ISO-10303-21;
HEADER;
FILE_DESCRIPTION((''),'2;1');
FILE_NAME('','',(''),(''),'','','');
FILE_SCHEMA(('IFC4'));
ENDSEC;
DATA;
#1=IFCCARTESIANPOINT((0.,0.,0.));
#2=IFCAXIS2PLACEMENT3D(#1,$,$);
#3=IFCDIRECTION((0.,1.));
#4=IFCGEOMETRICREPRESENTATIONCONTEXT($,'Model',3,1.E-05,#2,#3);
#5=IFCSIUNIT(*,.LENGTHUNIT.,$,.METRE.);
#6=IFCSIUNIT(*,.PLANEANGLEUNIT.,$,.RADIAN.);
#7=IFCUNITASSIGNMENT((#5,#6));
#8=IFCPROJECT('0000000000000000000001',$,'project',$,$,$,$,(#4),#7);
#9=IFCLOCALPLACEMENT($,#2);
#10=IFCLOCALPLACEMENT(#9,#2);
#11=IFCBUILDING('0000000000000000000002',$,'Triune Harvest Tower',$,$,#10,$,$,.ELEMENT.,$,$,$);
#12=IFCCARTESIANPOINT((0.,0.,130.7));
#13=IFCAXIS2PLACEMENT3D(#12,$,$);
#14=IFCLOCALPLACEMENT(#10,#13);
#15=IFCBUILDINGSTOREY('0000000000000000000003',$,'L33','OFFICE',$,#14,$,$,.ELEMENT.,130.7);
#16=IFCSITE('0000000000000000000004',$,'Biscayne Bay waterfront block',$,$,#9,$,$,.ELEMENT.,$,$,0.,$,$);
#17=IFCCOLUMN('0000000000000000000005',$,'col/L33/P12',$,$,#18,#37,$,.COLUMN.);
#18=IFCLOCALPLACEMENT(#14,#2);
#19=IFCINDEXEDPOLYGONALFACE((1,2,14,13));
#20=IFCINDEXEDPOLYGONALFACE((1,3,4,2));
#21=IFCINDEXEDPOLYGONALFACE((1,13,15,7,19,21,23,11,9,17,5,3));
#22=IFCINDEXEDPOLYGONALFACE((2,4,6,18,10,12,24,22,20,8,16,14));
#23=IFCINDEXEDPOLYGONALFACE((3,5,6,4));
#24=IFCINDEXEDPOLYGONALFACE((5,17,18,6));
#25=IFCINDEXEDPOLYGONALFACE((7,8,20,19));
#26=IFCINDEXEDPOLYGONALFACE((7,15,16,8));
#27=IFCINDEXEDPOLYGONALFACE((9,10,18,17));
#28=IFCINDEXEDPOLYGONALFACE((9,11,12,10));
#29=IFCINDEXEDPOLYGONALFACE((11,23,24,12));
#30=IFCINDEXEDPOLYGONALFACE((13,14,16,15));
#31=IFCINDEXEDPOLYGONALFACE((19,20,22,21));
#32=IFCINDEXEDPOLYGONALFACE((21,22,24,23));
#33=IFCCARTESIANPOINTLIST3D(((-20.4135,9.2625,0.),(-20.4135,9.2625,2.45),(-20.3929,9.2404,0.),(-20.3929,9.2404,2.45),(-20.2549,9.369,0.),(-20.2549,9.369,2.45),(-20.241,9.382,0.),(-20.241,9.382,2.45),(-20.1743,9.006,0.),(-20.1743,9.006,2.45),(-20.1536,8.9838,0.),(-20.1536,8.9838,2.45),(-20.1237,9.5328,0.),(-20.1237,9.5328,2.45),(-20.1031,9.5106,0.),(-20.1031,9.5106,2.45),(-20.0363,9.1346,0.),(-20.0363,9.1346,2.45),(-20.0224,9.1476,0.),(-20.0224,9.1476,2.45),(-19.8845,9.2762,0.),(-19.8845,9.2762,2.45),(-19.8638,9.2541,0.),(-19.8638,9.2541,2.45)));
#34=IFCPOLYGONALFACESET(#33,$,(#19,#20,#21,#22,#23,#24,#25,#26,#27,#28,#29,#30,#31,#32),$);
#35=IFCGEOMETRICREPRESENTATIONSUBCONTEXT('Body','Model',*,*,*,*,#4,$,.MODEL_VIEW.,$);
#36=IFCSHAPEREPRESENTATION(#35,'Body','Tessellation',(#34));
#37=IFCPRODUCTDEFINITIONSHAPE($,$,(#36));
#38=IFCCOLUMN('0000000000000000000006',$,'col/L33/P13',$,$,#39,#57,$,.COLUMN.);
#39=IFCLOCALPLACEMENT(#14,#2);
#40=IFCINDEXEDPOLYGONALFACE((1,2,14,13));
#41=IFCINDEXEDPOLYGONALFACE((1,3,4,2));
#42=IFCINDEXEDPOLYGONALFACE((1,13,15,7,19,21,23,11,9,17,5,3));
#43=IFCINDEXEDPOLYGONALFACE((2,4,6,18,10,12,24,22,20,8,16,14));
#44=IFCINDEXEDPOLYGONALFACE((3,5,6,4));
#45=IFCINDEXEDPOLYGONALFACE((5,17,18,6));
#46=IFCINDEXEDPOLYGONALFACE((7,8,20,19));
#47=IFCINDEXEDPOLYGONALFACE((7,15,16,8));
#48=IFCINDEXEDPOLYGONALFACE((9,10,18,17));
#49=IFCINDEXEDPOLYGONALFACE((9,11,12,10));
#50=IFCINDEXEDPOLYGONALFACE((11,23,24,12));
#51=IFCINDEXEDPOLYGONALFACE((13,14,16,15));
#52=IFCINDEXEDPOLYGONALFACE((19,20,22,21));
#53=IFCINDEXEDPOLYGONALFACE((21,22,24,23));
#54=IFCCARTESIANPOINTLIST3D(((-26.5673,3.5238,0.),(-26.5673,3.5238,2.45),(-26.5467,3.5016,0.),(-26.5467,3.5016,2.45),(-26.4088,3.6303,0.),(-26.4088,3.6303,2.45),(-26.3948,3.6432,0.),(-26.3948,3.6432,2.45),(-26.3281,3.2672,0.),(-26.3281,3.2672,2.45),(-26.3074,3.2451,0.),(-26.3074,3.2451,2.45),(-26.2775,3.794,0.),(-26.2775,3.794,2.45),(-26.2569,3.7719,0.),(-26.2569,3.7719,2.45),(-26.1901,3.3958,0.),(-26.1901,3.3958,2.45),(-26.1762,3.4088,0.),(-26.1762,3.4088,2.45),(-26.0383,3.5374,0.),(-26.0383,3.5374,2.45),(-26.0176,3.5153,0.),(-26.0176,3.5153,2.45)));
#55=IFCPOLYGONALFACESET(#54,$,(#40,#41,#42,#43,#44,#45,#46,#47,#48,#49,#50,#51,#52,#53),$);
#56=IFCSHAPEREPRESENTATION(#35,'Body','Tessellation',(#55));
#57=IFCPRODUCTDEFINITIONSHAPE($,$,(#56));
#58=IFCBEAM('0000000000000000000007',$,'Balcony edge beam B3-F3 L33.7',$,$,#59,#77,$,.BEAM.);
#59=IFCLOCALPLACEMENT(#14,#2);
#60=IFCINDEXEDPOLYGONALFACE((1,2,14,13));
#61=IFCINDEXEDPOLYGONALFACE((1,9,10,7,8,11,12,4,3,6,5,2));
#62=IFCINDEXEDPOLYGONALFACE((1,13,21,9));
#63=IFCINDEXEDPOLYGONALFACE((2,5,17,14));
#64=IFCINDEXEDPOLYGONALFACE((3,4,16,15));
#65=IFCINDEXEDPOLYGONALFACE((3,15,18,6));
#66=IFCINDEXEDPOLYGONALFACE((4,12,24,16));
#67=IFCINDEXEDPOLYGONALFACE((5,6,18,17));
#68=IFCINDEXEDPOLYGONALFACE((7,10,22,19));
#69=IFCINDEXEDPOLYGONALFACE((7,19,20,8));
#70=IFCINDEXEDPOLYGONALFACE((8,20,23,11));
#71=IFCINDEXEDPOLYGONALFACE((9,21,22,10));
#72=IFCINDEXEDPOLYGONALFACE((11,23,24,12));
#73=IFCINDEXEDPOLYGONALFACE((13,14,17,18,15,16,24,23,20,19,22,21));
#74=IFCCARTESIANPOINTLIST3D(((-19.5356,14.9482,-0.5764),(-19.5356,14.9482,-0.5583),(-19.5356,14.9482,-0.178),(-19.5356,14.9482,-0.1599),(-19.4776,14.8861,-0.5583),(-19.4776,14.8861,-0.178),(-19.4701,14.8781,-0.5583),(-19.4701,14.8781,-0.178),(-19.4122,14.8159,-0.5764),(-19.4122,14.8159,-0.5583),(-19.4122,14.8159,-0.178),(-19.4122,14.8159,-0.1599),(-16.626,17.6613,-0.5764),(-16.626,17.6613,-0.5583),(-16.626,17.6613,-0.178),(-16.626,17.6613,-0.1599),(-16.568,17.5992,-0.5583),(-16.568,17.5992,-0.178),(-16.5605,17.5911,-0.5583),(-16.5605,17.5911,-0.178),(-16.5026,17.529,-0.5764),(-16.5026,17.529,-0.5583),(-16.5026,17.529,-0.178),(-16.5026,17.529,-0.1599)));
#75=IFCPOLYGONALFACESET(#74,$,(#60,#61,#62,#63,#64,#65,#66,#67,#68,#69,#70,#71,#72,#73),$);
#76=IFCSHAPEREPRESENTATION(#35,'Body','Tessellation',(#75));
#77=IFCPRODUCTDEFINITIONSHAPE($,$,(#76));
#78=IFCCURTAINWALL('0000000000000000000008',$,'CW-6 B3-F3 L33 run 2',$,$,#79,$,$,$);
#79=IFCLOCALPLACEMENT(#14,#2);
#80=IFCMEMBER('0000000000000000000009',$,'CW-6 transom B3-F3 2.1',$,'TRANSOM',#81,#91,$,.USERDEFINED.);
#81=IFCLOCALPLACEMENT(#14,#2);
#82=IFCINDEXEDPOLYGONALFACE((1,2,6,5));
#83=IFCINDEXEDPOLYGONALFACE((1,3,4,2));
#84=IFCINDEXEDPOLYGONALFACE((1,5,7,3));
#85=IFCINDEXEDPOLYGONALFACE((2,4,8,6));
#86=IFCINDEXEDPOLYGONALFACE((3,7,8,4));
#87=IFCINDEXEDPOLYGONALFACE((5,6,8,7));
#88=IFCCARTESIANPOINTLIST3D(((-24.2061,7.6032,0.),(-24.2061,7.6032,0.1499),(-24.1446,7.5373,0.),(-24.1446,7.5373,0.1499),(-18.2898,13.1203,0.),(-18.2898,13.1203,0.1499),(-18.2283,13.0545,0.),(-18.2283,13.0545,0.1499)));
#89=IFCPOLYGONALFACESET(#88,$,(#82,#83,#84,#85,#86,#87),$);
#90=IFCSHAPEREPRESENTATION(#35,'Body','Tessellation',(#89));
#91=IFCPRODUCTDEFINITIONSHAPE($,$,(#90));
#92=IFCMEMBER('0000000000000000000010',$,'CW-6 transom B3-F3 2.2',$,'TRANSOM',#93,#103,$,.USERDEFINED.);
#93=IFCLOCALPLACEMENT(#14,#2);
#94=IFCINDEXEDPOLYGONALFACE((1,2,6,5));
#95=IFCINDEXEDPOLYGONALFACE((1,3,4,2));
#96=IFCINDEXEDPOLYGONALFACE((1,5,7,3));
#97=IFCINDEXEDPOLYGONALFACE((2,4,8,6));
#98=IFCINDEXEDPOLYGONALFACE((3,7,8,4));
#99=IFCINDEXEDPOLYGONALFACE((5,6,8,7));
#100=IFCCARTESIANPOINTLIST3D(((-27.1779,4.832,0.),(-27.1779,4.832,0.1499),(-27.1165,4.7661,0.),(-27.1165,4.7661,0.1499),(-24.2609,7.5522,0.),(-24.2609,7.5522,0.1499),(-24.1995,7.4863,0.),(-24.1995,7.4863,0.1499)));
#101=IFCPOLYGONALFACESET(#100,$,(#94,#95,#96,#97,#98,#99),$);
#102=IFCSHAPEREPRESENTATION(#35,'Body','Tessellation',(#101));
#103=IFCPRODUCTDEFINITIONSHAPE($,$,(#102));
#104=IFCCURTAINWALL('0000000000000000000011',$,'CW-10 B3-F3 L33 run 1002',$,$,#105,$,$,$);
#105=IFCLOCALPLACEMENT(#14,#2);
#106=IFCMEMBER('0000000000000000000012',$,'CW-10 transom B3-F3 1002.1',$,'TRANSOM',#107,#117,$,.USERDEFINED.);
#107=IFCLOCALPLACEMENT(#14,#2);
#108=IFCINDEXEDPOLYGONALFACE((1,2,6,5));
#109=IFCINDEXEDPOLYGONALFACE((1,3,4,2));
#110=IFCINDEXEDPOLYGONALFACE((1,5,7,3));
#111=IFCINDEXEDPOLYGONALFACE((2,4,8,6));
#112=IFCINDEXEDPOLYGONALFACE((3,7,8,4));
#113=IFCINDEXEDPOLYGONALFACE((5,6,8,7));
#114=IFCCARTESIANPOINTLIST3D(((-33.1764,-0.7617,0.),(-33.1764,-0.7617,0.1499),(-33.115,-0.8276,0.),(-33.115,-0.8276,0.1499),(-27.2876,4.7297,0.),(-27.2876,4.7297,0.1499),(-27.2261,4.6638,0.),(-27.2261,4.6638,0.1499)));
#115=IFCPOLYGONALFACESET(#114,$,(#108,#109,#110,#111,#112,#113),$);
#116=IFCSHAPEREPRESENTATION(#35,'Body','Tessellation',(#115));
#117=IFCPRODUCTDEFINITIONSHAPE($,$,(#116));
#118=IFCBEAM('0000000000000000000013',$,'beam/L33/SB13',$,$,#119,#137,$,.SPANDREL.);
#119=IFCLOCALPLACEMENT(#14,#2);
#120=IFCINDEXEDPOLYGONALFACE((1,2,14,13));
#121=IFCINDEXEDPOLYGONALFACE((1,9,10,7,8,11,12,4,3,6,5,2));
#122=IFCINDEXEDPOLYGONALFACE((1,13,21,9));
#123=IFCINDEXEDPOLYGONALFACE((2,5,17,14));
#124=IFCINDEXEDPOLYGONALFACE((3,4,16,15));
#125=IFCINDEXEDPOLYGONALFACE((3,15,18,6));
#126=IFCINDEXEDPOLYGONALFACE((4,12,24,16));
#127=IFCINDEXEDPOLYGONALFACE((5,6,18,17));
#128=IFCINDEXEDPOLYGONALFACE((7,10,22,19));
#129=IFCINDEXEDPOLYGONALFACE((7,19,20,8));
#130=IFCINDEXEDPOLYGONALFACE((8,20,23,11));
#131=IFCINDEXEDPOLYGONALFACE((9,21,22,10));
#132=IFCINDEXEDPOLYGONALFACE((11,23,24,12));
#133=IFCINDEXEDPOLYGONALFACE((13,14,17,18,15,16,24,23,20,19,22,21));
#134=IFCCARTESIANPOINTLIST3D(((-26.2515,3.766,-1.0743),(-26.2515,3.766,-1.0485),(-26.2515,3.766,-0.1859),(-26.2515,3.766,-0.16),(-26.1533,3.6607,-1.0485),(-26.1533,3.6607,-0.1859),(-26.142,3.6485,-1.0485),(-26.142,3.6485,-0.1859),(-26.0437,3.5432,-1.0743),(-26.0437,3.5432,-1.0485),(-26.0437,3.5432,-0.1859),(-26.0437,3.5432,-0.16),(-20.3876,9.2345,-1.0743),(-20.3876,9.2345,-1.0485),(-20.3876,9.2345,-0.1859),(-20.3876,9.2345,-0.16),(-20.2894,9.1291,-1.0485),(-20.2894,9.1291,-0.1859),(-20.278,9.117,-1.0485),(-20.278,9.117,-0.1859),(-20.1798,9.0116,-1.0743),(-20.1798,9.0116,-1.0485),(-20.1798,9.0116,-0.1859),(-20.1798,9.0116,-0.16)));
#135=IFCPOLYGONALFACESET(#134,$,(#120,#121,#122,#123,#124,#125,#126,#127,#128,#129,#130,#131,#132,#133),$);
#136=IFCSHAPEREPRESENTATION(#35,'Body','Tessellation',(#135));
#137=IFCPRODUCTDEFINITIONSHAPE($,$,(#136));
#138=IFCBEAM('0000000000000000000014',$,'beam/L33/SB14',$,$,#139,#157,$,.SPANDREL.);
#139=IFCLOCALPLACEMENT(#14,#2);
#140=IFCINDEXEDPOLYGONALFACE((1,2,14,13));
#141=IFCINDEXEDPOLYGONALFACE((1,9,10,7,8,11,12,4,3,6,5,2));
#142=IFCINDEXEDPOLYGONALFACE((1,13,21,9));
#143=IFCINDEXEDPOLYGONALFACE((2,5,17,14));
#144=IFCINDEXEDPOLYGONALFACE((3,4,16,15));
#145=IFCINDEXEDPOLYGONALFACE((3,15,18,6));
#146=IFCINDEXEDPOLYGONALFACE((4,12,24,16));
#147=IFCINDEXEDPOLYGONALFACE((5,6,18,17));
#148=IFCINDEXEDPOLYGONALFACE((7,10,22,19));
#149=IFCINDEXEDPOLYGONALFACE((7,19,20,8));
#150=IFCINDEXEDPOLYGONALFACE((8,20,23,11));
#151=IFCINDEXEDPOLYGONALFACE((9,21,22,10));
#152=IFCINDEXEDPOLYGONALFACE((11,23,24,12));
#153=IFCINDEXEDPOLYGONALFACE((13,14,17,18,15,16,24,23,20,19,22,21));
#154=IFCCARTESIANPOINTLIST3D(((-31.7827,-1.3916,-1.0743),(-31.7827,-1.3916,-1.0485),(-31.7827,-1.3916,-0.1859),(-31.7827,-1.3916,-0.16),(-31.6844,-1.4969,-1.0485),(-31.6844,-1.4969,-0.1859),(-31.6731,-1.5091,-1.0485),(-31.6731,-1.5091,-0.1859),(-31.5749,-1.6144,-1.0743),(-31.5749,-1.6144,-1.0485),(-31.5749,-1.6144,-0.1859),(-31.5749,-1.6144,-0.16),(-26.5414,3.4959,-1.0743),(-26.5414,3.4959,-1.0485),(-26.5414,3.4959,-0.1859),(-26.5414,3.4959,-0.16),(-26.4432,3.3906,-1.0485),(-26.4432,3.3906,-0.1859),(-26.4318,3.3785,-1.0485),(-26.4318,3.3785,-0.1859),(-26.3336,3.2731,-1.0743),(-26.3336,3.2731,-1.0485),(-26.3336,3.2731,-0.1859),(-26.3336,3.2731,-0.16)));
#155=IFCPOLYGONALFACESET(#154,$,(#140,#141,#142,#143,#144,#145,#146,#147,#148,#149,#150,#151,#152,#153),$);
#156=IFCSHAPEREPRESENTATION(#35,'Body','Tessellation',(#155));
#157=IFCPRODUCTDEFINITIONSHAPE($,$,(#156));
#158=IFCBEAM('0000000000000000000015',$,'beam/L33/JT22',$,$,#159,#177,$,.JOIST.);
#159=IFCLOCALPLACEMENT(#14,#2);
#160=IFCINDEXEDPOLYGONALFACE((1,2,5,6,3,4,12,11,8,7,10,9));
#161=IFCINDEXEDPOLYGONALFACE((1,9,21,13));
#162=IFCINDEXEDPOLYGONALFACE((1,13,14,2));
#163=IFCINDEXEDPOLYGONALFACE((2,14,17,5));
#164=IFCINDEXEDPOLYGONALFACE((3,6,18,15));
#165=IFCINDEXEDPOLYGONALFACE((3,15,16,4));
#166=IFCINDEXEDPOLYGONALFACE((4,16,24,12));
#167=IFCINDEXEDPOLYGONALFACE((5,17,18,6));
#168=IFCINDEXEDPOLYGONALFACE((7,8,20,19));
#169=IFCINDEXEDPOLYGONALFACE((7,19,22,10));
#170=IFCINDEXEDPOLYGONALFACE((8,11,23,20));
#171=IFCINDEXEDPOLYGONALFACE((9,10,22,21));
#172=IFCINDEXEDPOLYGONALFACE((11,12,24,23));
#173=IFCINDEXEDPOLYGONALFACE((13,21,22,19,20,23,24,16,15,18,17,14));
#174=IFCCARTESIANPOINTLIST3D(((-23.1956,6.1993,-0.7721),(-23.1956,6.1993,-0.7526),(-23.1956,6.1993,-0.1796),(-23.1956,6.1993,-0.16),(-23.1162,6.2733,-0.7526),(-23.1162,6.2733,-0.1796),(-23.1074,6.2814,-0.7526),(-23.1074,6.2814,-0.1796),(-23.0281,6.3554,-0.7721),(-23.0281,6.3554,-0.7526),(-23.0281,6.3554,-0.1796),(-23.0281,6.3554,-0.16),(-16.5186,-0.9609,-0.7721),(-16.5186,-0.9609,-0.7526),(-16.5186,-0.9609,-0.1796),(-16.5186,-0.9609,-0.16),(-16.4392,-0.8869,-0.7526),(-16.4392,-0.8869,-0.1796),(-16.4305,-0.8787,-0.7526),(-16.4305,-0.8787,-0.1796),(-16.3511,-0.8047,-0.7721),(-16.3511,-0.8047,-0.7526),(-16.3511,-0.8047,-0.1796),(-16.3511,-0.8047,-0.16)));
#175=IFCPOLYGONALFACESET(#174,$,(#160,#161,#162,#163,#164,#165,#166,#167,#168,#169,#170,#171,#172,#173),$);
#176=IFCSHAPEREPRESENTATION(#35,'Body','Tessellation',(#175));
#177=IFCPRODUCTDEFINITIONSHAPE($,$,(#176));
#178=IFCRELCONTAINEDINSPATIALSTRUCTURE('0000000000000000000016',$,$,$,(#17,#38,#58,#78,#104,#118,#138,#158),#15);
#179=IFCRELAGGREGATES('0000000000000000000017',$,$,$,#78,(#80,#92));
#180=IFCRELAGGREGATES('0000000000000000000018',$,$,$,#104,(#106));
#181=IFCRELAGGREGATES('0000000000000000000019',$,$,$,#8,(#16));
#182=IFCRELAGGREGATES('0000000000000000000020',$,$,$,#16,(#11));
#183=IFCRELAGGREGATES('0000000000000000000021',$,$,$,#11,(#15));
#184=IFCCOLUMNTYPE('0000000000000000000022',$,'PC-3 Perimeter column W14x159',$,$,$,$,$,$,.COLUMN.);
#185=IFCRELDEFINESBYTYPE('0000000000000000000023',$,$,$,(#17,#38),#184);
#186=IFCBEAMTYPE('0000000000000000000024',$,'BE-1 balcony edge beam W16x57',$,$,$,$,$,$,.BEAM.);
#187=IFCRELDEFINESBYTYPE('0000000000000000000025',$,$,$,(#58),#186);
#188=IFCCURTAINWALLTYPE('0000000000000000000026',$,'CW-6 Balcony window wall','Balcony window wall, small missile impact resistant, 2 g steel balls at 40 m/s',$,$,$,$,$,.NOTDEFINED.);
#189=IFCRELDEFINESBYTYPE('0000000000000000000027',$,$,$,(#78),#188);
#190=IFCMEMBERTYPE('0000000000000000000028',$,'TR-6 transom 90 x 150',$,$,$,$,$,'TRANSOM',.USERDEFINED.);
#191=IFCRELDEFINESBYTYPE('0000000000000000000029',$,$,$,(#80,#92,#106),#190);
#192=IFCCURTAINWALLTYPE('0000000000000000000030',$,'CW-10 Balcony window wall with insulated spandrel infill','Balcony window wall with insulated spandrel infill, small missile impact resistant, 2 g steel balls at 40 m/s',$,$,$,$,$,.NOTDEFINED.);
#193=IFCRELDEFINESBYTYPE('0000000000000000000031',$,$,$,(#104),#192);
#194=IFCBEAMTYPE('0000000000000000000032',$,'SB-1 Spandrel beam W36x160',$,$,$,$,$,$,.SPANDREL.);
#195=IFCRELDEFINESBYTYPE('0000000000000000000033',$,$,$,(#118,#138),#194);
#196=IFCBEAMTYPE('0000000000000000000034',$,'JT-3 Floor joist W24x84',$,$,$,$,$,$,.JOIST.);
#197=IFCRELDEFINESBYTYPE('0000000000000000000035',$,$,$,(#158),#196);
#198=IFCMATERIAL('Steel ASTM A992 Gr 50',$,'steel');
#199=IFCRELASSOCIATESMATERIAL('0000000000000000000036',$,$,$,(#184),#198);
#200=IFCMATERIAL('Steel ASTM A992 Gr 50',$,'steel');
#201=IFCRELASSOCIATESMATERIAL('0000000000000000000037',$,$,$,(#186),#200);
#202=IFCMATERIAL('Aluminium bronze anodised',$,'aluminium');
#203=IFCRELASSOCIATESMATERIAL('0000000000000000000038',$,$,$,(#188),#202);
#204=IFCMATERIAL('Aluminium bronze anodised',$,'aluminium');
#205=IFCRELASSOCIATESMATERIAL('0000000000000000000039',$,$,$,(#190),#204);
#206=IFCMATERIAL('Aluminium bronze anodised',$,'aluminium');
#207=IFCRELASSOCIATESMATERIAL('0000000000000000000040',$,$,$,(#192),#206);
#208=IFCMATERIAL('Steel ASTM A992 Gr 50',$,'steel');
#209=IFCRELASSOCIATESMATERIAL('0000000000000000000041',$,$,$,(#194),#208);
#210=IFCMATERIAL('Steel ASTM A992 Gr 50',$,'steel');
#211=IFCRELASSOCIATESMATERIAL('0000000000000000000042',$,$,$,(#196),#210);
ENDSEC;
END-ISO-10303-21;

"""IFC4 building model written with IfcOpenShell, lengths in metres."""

from ifc_helpers import new_model, si_unit, direction, frame, origin, origin_2d, place, context, subcontext, project, spatial, rectangle, i_section, extrude, source, transform, mapped, material, material_profile, profile_set, type_object, element, aggregate, save


model = new_model("IFC4")

# Units and contexts
model_context = context("Model", 3, precision=1e-05, world=origin(), true_north=direction((0.0, 1.0)))
body_context = subcontext(model_context, "Body", "Model", "MODEL_VIEW")
ifc_project = project(units=[si_unit("LENGTHUNIT", "METRE"), si_unit("PLANEANGLEUNIT", "RADIAN")], contexts=[model_context])

# Site, building, storey
site_placement = place(None, origin())
site = spatial("IfcSite", under=ifc_project, at=site_placement, Name="Biscayne Bay waterfront block", CompositionType="ELEMENT", RefElevation=0.0)
building_placement = place(site_placement, origin())
building = spatial("IfcBuilding", under=site, at=building_placement, Name="Triune Harvest Tower", CompositionType="ELEMENT")
storey_placement = place(building_placement, frame((0.0, 0.0, 130.7)))
storey = spatial("IfcBuildingStorey", under=building, at=storey_placement, Name="L33", Description="OFFICE", CompositionType="ELEMENT", Elevation=130.7)

# Columns
ifc_material_1 = material(Name="Steel ASTM A992 Gr 50", Category="steel")
ifc_material_profile_1 = material_profile(ifc_material_1, i_section(OverallWidth=0.3962, OverallDepth=0.3811, WebThickness=0.019, FlangeThickness=0.0303, at=origin_2d()), Name="W14x159")
ifc_profile_set_1 = profile_set([ifc_material_profile_1], Name="Steel ASTM A992 Gr 50")
column_type = type_object("IfcColumnType", Name="PC-3 Perimeter column W14x159", PredefinedType="COLUMN", material=ifc_profile_set_1)
shared_shape_1 = source(origin(), body_context, "Body", "SweptSolid", [
    extrude(i_section(OverallWidth=0.3962, OverallDepth=0.3811, WebThickness=0.019, FlangeThickness=0.0303, at=origin_2d()), origin(), (0.0, 0.0, 1.0), 2.45),
])
for number, where, z_axis, x_axis, name in (
    (1, (-20.1387, 9.2583, 0.0), (0.0, 0.0, 1.0), (-0.731355, -0.681997, 0.0), "col/L33/P12"),
    (2, (-26.2925, 3.5195, 0.0), (0.0, 0.0, 1.0), (-0.731355, -0.681997, 0.0), "col/L33/P13"),
):
    element("IfcColumn", number, at=place(storey_placement, frame(where, z_axis=z_axis, x_axis=x_axis)), inside=storey, type_object=column_type, Name=name, PredefinedType="COLUMN", context=body_context, shape_type="MappedRepresentation", body=[
        mapped(shared_shape_1, transform((0.0, 0.0, 0.0), scale=1.0)),
    ])

# Beam
ifc_material_2 = material(Name="Steel ASTM A992 Gr 50", Category="steel")
ifc_material_profile_2 = material_profile(ifc_material_2, i_section(OverallWidth=0.1809, OverallDepth=0.4165, WebThickness=0.011, FlangeThickness=0.0181, at=origin_2d()), Name="W16x57")
ifc_profile_set_2 = profile_set([ifc_material_profile_2], Name="Steel ASTM A992 Gr 50")
beam_type_1 = type_object("IfcBeamType", Name="BE-1 balcony edge beam W16x57", PredefinedType="BEAM", material=ifc_profile_set_2)
beam_1_placement = place(storey_placement, frame((-19.4739, 14.8821, -0.3682), z_axis=(0.731376, 0.681975, 0.0), x_axis=(-0.681975, 0.731376, 0.0)))
element("IfcBeam", 3, at=beam_1_placement, inside=storey, type_object=beam_type_1, Name="Balcony edge beam B3-F3 L33.7", PredefinedType="BEAM", context=body_context, shape_type="SweptSolid", body=[
    extrude(i_section(OverallWidth=0.1809, OverallDepth=0.4165, WebThickness=0.011, FlangeThickness=0.0181, at=origin_2d()), origin(), (0.0, 0.0, 1.0), 3.9783),
])

# Curtain wall, members
ifc_material_3 = material(Name="Aluminium bronze anodised", Category="aluminium")
curtain_wall_type_1 = type_object("IfcCurtainWallType", Name="CW-6 Balcony window wall", Description="Balcony window wall, small missile impact resistant, 2 g steel balls at 40 m/s", PredefinedType="NOTDEFINED", material=ifc_material_3)
curtain_wall_1_placement = place(storey_placement, origin())
curtain_wall_1 = element("IfcCurtainWall", 4, at=curtain_wall_1_placement, inside=storey, type_object=curtain_wall_type_1, Name="CW-6 B3-F3 L33 run 2")
ifc_material_4 = material(Name="Aluminium bronze anodised", Category="aluminium")
ifc_material_profile_3 = material_profile(ifc_material_4, rectangle(XDim=0.0901, YDim=0.1499, at=origin_2d()), Name="TR-6 transom 90 x 150")
ifc_profile_set_3 = profile_set([ifc_material_profile_3], Name="Aluminium bronze anodised")
member_type_1 = type_object("IfcMemberType", Name="TR-6 transom 90 x 150", ElementType="TRANSOM", PredefinedType="USERDEFINED", material=ifc_profile_set_3)
member_1_placement = place(storey_placement, frame((-18.259, 13.0874, 0.075), z_axis=(-0.731348, -0.682004, 0.0), x_axis=(0.682004, -0.731348, 0.0)))
member_1 = element("IfcMember", 5, at=member_1_placement, type_object=member_type_1, Name="CW-6 transom B3-F3 2.1", ObjectType="TRANSOM", PredefinedType="USERDEFINED", context=body_context, shape_type="SweptSolid", body=[
    extrude(rectangle(XDim=0.0901, YDim=0.1499, at=origin_2d()), origin(), (0.0, 0.0, 1.0), 8.0896),
])
member_2_placement = place(storey_placement, frame((-24.2302, 7.5193, 0.075), z_axis=(-0.731344, -0.682009, 0.0), x_axis=(0.682009, -0.731344, 0.0)))
member_2 = element("IfcMember", 6, at=member_2_placement, type_object=member_type_1, Name="CW-6 transom B3-F3 2.2", ObjectType="TRANSOM", PredefinedType="USERDEFINED", context=body_context, shape_type="SweptSolid", body=[
    extrude(rectangle(XDim=0.0901, YDim=0.1499, at=origin_2d()), origin(), (0.0, 0.0, 1.0), 3.9885),
])

# Curtain wall, member
ifc_material_5 = material(Name="Aluminium bronze anodised", Category="aluminium")
curtain_wall_type_2 = type_object("IfcCurtainWallType", Name="CW-10 Balcony window wall with insulated spandrel infill", Description="Balcony window wall with insulated spandrel infill, small missile impact resistant, 2 g steel balls at 40 m/s", PredefinedType="NOTDEFINED", material=ifc_material_5)
curtain_wall_2_placement = place(storey_placement, origin())
curtain_wall_2 = element("IfcCurtainWall", 7, at=curtain_wall_2_placement, inside=storey, type_object=curtain_wall_type_2, Name="CW-10 B3-F3 L33 run 1002")
member_3_placement = place(storey_placement, frame((-27.2568, 4.6968, 0.075), z_axis=(-0.731357, -0.681995, 0.0), x_axis=(0.681995, -0.731357, 0.0)))
member_3 = element("IfcMember", 8, at=member_3_placement, type_object=member_type_1, Name="CW-10 transom B3-F3 1002.1", ObjectType="TRANSOM", PredefinedType="USERDEFINED", context=body_context, shape_type="SweptSolid", body=[
    extrude(rectangle(XDim=0.0901, YDim=0.1499, at=origin_2d()), origin(), (0.0, 0.0, 1.0), 8.052),
])

# Beams
ifc_material_6 = material(Name="Steel ASTM A992 Gr 50", Category="steel")
ifc_material_profile_4 = material_profile(ifc_material_6, i_section(OverallWidth=0.3047, OverallDepth=0.9143, WebThickness=0.0166, FlangeThickness=0.0259, at=origin_2d()), Name="W36x160")
ifc_profile_set_4 = profile_set([ifc_material_profile_4], Name="Steel ASTM A992 Gr 50")
beam_type_2 = type_object("IfcBeamType", Name="SB-1 Spandrel beam W36x160", PredefinedType="SPANDREL", material=ifc_profile_set_4)
shared_shape_2 = source(origin(), body_context, "Body", "SweptSolid", [
    extrude(i_section(OverallWidth=0.3047, OverallDepth=0.9143, WebThickness=0.0166, FlangeThickness=0.0259, at=origin_2d()), origin(), (0.0, 0.0, 1.0), 8.0181),
])
beam_2_placement = place(storey_placement, frame((-20.2837, 9.123, -0.6172), z_axis=(-0.73134, -0.682013, 0.0), x_axis=(0.682013, -0.73134, 0.0)))
element("IfcBeam", 9, at=beam_2_placement, inside=storey, type_object=beam_type_2, Name="beam/L33/SB13", PredefinedType="SPANDREL", context=body_context, shape_type="MappedRepresentation", body=[
    mapped(shared_shape_2, transform((0.0, 0.0, 0.0), scale=1.0)),
])
shared_shape_3 = source(origin(), body_context, "Body", "SweptSolid", [
    extrude(i_section(OverallWidth=0.3047, OverallDepth=0.9143, WebThickness=0.0166, FlangeThickness=0.0259, at=origin_2d()), origin(), (0.0, 0.0, 1.0), 7.1665),
])
beam_3_placement = place(storey_placement, frame((-26.4375, 3.3845, -0.6172), z_axis=(-0.731358, -0.681994, 0.0), x_axis=(0.681994, -0.731358, 0.0)))
element("IfcBeam", 10, at=beam_3_placement, inside=storey, type_object=beam_type_2, Name="beam/L33/SB14", PredefinedType="SPANDREL", context=body_context, shape_type="MappedRepresentation", body=[
    mapped(shared_shape_3, transform((0.0, 0.0, 0.0), scale=1.0)),
])
ifc_material_7 = material(Name="Steel ASTM A992 Gr 50", Category="steel")
ifc_material_profile_5 = material_profile(ifc_material_7, i_section(OverallWidth=0.229, OverallDepth=0.6121, WebThickness=0.012, FlangeThickness=0.0195, at=origin_2d()), Name="W24x84")
ifc_profile_set_5 = profile_set([ifc_material_profile_5], Name="Steel ASTM A992 Gr 50")
beam_type_3 = type_object("IfcBeamType", Name="JT-3 Floor joist W24x84", PredefinedType="JOIST", material=ifc_profile_set_5)
shared_shape_4 = source(origin(), body_context, "Body", "SweptSolid", [
    extrude(i_section(OverallWidth=0.229, OverallDepth=0.6121, WebThickness=0.012, FlangeThickness=0.0195, at=origin_2d()), origin(), (0.0, 0.0, 1.0), 9.7903),
])
beam_4_placement = place(storey_placement, frame((-23.1118, 6.2773, -0.4661), z_axis=(0.682001, -0.731351, 0.0), x_axis=(0.731351, 0.682001, 0.0)))
element("IfcBeam", 11, at=beam_4_placement, inside=storey, type_object=beam_type_3, Name="beam/L33/JT22", PredefinedType="JOIST", context=body_context, shape_type="MappedRepresentation", body=[
    mapped(shared_shape_4, transform((0.0, 0.0, 0.0), scale=1.0)),
])

aggregate(curtain_wall_1, [member_1, member_2])
aggregate(curtain_wall_2, [member_3])

save(model, "model.ifc")
